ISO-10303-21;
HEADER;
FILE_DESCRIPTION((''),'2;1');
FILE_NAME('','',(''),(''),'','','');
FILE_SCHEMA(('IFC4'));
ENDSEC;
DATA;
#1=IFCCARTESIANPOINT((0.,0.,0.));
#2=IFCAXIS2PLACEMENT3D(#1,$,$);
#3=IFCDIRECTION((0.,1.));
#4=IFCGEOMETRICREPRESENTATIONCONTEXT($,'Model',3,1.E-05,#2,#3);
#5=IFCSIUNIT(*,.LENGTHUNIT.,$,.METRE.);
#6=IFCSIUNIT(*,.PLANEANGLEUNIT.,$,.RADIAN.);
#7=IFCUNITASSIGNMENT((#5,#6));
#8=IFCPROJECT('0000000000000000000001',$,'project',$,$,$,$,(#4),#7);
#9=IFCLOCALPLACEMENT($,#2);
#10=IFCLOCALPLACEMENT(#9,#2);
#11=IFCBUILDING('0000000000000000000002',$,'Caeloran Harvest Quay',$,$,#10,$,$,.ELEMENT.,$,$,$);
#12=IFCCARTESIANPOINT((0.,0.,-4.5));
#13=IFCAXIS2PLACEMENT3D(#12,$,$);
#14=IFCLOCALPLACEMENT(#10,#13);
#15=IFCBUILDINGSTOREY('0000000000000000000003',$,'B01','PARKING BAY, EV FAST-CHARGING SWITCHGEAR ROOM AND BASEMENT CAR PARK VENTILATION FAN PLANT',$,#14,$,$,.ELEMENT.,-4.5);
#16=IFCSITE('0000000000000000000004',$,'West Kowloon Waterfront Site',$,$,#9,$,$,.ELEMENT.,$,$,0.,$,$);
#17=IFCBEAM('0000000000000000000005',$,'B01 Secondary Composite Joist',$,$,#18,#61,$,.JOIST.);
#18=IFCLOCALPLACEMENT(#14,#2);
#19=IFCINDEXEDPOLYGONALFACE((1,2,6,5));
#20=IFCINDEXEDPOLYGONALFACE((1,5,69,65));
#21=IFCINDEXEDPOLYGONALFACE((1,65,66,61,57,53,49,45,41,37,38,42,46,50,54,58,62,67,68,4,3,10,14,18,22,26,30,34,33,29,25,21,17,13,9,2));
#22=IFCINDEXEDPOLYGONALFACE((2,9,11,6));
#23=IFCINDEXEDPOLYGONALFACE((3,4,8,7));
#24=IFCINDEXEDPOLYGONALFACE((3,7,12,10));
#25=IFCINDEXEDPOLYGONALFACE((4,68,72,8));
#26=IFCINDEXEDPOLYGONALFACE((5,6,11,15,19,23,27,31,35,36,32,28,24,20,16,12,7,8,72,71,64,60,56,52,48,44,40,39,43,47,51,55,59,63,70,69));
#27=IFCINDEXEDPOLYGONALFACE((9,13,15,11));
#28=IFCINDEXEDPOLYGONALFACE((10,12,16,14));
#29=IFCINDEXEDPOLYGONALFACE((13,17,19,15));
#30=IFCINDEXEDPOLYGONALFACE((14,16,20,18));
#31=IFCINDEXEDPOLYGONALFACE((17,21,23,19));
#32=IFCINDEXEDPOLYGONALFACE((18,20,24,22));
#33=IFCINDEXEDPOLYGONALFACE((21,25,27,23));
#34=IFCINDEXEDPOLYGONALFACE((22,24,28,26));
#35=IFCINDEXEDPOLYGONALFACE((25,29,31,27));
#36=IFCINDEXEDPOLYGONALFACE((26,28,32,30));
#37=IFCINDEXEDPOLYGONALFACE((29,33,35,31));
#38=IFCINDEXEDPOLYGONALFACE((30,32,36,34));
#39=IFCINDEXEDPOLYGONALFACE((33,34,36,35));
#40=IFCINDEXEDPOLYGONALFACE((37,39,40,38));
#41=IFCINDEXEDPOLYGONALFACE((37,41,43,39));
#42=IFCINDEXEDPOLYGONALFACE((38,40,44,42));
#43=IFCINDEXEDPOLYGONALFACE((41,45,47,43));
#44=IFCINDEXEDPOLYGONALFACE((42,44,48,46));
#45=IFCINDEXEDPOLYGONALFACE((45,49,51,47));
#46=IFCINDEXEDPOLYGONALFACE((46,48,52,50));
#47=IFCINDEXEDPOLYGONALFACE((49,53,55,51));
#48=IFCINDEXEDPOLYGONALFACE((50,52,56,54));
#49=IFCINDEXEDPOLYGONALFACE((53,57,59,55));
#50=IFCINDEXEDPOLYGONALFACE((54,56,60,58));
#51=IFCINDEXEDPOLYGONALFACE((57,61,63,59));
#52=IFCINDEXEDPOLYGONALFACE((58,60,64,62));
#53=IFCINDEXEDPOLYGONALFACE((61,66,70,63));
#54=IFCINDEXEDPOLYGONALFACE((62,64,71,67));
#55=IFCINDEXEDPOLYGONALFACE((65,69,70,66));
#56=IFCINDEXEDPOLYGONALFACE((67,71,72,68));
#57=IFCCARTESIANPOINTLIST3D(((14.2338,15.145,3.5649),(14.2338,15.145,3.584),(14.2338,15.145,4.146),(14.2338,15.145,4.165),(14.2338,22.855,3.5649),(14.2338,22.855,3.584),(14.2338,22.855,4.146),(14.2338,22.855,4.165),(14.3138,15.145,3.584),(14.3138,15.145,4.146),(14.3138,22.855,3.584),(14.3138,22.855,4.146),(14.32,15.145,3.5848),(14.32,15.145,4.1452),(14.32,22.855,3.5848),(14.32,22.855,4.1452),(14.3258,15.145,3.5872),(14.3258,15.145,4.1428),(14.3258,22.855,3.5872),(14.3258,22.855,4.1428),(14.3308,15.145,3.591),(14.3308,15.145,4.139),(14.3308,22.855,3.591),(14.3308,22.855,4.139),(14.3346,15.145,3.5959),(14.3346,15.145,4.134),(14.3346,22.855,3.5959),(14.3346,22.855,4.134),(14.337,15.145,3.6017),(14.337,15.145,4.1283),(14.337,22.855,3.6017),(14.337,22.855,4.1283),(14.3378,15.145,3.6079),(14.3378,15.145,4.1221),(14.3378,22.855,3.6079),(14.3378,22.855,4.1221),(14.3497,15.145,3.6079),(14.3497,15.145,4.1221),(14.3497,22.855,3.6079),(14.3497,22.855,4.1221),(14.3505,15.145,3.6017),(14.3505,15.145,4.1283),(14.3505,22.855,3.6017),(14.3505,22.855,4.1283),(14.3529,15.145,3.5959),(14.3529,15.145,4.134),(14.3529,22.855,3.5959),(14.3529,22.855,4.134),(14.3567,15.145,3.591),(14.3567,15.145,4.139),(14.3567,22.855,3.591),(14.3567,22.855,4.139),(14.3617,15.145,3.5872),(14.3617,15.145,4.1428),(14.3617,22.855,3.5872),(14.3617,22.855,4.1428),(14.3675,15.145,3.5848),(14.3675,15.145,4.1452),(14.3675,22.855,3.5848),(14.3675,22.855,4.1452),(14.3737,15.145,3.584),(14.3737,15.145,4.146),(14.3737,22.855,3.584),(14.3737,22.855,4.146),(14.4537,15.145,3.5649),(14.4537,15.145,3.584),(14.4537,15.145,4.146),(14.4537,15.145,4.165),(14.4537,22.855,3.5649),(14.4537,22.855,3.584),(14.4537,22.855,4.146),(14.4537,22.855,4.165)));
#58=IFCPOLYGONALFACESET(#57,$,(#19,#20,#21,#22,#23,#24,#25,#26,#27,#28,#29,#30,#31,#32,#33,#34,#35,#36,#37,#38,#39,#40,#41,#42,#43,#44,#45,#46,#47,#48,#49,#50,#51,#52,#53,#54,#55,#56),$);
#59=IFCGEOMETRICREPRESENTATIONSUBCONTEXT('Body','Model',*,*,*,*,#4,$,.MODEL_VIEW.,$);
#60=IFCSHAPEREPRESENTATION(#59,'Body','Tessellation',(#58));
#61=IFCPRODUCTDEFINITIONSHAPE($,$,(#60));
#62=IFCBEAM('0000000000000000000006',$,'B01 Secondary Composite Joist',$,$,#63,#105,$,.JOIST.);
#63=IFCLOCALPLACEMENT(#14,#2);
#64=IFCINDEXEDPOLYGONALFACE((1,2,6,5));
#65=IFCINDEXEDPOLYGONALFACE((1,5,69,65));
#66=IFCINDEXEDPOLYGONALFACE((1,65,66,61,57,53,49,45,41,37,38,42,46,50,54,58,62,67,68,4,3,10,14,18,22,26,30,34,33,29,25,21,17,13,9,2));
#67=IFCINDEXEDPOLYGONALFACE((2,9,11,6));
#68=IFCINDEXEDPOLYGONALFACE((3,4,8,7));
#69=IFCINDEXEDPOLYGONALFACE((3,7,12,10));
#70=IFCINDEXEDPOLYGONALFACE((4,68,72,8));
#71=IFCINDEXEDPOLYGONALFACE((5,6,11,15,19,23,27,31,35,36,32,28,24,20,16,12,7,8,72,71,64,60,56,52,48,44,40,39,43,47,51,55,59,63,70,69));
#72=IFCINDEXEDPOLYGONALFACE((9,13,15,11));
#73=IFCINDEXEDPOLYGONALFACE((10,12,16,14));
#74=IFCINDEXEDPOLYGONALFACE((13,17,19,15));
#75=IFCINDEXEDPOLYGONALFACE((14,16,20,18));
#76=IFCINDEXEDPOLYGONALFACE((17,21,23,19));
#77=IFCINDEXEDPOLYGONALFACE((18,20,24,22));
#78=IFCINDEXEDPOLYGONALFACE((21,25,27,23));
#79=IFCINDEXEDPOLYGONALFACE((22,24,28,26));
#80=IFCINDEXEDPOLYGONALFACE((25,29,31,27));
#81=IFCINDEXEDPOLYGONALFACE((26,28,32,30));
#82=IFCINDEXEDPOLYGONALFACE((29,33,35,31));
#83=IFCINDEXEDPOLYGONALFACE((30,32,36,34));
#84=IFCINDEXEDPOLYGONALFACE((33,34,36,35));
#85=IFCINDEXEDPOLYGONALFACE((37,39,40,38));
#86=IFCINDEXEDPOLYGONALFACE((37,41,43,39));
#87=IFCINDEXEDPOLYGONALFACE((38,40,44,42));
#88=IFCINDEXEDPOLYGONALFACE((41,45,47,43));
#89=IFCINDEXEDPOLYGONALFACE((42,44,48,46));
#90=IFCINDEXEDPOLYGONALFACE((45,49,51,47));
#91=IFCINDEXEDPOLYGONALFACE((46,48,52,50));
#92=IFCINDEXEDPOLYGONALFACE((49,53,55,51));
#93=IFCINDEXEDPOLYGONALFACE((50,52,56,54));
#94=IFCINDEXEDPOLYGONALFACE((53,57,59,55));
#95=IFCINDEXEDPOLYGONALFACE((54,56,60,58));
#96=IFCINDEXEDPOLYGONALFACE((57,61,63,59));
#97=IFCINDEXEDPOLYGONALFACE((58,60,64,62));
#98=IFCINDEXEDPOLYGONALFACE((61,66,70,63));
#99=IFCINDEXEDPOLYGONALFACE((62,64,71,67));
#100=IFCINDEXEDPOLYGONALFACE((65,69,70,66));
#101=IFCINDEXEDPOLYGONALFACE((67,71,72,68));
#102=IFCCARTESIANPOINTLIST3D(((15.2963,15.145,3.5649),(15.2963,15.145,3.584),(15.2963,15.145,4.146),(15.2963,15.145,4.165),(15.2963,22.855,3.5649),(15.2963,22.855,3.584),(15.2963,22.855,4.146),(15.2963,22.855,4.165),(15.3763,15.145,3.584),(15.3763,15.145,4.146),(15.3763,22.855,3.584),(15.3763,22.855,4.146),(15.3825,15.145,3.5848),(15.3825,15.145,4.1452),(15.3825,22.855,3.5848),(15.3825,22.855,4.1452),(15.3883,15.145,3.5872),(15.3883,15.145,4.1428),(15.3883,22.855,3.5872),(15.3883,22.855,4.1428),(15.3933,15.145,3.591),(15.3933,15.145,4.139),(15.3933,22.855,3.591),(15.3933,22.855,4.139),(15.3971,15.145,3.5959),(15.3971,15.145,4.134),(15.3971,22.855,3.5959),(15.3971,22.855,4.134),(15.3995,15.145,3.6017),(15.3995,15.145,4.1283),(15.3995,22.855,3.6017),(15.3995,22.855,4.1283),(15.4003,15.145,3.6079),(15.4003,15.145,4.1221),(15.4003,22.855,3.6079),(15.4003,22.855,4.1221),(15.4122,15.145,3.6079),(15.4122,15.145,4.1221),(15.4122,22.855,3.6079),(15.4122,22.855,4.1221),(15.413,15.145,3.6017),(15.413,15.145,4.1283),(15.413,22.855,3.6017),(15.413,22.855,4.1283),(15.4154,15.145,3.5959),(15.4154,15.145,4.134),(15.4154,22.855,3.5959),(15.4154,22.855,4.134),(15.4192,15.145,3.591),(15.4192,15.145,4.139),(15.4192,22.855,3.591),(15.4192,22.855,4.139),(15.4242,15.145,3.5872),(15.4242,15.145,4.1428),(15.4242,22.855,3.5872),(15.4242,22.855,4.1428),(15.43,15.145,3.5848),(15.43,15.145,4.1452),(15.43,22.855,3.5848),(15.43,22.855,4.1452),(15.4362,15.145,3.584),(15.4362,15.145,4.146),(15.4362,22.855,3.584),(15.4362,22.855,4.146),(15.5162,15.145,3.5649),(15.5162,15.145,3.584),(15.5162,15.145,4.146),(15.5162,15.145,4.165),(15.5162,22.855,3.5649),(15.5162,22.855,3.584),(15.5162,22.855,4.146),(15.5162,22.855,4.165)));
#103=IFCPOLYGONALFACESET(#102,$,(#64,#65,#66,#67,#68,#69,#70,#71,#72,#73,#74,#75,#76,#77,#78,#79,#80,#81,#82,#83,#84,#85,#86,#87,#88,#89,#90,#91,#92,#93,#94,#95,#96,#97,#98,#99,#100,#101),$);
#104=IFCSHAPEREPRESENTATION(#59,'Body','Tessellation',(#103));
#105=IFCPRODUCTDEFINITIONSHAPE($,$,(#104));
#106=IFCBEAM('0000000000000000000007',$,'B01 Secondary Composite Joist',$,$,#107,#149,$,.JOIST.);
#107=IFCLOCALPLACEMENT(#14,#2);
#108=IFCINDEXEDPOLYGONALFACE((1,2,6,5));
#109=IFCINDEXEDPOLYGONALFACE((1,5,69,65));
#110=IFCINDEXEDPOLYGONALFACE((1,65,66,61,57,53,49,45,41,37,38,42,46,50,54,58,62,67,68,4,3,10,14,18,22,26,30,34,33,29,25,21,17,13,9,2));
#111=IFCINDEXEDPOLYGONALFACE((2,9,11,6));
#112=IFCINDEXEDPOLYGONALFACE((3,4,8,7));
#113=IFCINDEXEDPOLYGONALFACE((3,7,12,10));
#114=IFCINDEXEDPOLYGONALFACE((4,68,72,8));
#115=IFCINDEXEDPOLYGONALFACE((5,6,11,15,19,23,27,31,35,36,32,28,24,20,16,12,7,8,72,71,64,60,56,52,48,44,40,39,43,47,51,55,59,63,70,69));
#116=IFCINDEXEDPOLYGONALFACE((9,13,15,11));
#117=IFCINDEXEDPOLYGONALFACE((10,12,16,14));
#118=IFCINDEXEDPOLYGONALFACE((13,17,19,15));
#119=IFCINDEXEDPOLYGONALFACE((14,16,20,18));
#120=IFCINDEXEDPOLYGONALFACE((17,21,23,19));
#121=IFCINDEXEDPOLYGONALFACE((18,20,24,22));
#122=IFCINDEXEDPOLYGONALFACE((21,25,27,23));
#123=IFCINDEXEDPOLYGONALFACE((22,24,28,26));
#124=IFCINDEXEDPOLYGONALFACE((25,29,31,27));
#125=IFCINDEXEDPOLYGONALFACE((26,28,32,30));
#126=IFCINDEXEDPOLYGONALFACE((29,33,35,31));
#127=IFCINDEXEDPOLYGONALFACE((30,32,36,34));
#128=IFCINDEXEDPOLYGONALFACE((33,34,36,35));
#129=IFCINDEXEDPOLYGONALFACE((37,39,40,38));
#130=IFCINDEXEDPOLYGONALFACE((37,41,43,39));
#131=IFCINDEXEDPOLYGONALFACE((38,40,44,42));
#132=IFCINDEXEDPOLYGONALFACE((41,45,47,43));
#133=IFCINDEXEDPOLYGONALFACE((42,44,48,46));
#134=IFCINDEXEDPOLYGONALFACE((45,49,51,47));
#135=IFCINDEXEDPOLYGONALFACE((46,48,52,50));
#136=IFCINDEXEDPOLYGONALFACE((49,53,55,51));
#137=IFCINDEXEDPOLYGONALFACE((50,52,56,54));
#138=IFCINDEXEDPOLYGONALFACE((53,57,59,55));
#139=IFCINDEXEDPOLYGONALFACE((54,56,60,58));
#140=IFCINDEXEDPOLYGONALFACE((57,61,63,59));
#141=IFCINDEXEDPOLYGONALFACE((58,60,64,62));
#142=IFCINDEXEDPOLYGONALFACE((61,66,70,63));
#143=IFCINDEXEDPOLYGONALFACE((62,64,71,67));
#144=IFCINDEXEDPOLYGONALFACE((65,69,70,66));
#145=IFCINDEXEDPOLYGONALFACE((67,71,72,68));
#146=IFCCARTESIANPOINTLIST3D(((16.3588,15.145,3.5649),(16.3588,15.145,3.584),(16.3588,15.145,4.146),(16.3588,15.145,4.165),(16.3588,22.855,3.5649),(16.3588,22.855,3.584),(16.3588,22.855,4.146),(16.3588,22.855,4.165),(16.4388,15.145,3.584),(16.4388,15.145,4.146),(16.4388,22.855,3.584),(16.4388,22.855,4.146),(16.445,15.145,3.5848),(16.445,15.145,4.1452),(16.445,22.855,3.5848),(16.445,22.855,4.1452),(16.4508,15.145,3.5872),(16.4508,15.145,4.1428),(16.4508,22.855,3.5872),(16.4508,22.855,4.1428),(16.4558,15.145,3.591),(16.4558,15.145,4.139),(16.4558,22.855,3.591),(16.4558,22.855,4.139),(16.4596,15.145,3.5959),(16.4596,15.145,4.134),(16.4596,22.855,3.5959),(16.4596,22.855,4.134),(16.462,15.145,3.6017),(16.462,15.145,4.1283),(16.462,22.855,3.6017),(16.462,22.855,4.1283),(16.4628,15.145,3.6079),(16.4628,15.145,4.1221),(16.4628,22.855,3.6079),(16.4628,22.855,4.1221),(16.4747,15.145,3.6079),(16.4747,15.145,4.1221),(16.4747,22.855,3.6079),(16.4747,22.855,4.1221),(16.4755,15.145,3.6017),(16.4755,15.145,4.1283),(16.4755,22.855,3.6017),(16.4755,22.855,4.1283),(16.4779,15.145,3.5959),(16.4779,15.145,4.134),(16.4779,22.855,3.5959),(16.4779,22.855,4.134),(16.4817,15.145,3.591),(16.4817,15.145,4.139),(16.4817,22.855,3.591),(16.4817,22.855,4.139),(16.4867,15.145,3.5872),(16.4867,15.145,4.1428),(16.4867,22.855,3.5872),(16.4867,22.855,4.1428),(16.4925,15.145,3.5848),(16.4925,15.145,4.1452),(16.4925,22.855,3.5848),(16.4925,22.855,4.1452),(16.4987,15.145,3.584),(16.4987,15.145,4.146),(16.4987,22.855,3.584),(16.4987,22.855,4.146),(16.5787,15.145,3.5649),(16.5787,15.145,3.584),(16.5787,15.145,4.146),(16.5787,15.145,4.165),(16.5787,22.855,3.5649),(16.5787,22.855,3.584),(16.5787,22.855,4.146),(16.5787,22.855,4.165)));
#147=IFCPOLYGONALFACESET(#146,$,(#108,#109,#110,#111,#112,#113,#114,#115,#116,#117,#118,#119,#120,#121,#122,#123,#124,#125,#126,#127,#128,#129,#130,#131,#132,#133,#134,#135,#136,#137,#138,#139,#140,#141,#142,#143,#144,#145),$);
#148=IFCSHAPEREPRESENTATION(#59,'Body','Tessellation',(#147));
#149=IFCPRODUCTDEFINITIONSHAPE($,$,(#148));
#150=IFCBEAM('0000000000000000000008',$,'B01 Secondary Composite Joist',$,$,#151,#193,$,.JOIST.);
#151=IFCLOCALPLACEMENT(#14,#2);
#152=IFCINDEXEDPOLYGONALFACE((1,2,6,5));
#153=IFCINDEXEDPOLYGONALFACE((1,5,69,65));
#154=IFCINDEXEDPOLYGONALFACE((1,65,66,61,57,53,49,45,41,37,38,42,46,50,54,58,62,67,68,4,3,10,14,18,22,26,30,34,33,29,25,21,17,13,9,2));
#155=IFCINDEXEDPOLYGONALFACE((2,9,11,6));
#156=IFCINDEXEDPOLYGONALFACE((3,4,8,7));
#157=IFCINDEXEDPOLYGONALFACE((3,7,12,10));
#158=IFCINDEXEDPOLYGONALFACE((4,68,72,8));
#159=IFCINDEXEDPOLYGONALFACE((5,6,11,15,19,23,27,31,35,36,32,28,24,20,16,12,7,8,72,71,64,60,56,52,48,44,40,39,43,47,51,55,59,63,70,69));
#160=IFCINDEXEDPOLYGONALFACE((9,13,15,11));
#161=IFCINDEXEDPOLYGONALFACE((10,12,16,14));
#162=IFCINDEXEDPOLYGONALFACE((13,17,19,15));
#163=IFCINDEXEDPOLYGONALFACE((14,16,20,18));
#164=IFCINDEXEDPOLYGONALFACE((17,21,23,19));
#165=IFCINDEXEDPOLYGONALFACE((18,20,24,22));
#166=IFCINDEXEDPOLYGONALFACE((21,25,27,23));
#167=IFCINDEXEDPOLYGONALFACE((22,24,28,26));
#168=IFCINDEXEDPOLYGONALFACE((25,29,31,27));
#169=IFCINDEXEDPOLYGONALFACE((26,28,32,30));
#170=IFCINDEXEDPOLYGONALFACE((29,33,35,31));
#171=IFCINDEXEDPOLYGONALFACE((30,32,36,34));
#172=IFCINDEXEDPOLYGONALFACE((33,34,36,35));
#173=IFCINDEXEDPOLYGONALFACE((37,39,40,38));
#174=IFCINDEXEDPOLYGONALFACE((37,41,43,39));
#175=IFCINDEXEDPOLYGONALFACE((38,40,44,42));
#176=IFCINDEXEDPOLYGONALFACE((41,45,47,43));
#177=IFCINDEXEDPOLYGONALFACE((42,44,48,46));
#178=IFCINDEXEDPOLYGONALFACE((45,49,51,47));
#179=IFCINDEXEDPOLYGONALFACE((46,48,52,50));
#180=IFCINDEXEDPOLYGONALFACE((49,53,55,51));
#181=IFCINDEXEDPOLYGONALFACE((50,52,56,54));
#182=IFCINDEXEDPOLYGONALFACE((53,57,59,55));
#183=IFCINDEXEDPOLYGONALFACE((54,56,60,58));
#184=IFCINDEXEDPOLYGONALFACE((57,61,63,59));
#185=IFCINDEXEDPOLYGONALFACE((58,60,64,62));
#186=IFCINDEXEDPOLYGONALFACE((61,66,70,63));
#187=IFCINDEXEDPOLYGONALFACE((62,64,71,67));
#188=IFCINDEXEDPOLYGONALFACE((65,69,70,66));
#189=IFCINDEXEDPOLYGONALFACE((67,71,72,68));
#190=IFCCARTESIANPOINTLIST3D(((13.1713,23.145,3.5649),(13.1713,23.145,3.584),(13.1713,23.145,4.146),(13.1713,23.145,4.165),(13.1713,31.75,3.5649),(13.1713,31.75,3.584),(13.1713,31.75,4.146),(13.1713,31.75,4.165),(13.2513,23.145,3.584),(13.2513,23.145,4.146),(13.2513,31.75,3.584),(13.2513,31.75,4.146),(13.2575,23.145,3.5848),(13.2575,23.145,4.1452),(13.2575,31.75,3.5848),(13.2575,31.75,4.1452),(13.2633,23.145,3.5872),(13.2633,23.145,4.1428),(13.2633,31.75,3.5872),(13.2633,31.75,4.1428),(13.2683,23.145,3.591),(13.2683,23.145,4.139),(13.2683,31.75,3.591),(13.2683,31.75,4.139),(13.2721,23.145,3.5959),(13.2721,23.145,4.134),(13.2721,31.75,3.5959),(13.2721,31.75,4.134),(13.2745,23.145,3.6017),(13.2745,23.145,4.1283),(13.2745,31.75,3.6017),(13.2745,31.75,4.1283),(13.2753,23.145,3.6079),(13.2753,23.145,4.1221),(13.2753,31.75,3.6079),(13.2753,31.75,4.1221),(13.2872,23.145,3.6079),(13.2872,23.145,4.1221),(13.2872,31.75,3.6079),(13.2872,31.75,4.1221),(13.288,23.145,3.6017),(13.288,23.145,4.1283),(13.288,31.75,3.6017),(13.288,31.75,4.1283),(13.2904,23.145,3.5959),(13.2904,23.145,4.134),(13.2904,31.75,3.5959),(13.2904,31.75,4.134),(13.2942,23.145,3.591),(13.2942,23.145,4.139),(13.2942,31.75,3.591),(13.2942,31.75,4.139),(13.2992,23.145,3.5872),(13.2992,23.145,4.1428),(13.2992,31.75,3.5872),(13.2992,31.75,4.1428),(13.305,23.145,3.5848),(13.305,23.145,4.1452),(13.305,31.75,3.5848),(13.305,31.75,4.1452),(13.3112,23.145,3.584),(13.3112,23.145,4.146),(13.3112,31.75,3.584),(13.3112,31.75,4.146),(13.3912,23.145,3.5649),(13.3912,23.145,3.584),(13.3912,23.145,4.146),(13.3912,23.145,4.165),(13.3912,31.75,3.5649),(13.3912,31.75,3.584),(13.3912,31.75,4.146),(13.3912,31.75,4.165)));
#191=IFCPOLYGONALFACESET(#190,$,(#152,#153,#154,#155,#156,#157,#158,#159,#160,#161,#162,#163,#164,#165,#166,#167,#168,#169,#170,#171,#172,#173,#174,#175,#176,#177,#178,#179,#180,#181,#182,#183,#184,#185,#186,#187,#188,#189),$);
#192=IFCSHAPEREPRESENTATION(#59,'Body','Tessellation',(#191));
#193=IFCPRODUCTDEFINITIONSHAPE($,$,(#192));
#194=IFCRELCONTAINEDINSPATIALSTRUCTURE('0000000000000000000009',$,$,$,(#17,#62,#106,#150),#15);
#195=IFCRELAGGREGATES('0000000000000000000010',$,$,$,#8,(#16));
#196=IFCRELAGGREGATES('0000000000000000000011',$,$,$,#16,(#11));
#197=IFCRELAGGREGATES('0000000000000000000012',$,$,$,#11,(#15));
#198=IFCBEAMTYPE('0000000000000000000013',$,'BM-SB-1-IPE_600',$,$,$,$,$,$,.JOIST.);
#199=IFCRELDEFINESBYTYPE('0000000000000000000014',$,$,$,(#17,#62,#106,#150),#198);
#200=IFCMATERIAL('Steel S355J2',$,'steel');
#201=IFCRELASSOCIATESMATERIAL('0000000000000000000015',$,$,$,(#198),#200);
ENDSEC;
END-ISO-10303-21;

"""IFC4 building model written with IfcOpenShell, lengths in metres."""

from ifc_helpers import new_model, si_unit, direction, frame, origin, origin_2d, place, context, subcontext, project, spatial, i_section, extrude, material, material_profile, profile_set, type_object, element, save


model = new_model("IFC4")

# Units and contexts
model_context = context("Model", 3, precision=1e-05, world=origin(), true_north=direction((0.0, 1.0)))
body_context = subcontext(model_context, "Body", "Model", "MODEL_VIEW")
ifc_project = project(units=[si_unit("LENGTHUNIT", "METRE"), si_unit("PLANEANGLEUNIT", "RADIAN")], contexts=[model_context])

# Site, building, storey
site_placement = place(None, origin())
site = spatial("IfcSite", under=ifc_project, at=site_placement, Name="West Kowloon Waterfront Site", CompositionType="ELEMENT", RefElevation=0.0)
building_placement = place(site_placement, origin())
building = spatial("IfcBuilding", under=site, at=building_placement, Name="Caeloran Harvest Quay", CompositionType="ELEMENT")
storey_placement = place(building_placement, frame((0.0, 0.0, -4.5)))
storey = spatial("IfcBuildingStorey", under=building, at=storey_placement, Name="B01", Description="PARKING BAY, EV FAST-CHARGING SWITCHGEAR ROOM AND BASEMENT CAR PARK VENTILATION FAN PLANT", CompositionType="ELEMENT", Elevation=-4.5)

# Beams
ifc_material_1 = material(Name="Steel S355J2", Category="steel")
ifc_material_profile_1 = material_profile(ifc_material_1, i_section(OverallWidth=0.22, OverallDepth=0.6001, WebThickness=0.012, FlangeThickness=0.019, FilletRadius=0.0239, at=origin_2d()), Name="IPE 600")
ifc_profile_set_1 = profile_set([ifc_material_profile_1], Name="Steel S355J2")
beam_type_1 = type_object("IfcBeamType", Name="BM-SB-1-IPE_600", PredefinedType="JOIST", material=ifc_profile_set_1)
for number, where, z_axis, x_axis, name in (
    (1, (14.3438, 15.145, 3.865), (0.0, 1.0, 0.0), (-1.0, 0.0, 0.0), "B01 Secondary Composite Joist"),
    (2, (15.4062, 15.145, 3.865), (0.0, 1.0, 0.0), (-1.0, 0.0, 0.0), "B01 Secondary Composite Joist"),
    (3, (16.4688, 15.145, 3.865), (0.0, 1.0, 0.0), (-1.0, 0.0, 0.0), "B01 Secondary Composite Joist"),
):
    element("IfcBeam", number, at=place(storey_placement, frame(where, z_axis=z_axis, x_axis=x_axis)), inside=storey, type_object=beam_type_1, Name=name, PredefinedType="JOIST", context=body_context, shape_type="SweptSolid", body=[
        extrude(i_section(OverallWidth=0.22, OverallDepth=0.6001, WebThickness=0.012, FlangeThickness=0.019, FilletRadius=0.0239, at=origin_2d()), origin(), (0.0, 0.0, 1.0), 7.71),
    ])
beam_1_placement = place(storey_placement, frame((13.2812, 23.145, 3.865), z_axis=(0.0, 1.0, 0.0), x_axis=(-1.0, 0.0, 0.0)))
element("IfcBeam", 4, at=beam_1_placement, inside=storey, type_object=beam_type_1, Name="B01 Secondary Composite Joist", PredefinedType="JOIST", context=body_context, shape_type="SweptSolid", body=[
    extrude(i_section(OverallWidth=0.22, OverallDepth=0.6001, WebThickness=0.012, FlangeThickness=0.019, FilletRadius=0.0239, at=origin_2d()), origin(), (0.0, 0.0, 1.0), 8.605),
])

save(model, "model.ifc")
